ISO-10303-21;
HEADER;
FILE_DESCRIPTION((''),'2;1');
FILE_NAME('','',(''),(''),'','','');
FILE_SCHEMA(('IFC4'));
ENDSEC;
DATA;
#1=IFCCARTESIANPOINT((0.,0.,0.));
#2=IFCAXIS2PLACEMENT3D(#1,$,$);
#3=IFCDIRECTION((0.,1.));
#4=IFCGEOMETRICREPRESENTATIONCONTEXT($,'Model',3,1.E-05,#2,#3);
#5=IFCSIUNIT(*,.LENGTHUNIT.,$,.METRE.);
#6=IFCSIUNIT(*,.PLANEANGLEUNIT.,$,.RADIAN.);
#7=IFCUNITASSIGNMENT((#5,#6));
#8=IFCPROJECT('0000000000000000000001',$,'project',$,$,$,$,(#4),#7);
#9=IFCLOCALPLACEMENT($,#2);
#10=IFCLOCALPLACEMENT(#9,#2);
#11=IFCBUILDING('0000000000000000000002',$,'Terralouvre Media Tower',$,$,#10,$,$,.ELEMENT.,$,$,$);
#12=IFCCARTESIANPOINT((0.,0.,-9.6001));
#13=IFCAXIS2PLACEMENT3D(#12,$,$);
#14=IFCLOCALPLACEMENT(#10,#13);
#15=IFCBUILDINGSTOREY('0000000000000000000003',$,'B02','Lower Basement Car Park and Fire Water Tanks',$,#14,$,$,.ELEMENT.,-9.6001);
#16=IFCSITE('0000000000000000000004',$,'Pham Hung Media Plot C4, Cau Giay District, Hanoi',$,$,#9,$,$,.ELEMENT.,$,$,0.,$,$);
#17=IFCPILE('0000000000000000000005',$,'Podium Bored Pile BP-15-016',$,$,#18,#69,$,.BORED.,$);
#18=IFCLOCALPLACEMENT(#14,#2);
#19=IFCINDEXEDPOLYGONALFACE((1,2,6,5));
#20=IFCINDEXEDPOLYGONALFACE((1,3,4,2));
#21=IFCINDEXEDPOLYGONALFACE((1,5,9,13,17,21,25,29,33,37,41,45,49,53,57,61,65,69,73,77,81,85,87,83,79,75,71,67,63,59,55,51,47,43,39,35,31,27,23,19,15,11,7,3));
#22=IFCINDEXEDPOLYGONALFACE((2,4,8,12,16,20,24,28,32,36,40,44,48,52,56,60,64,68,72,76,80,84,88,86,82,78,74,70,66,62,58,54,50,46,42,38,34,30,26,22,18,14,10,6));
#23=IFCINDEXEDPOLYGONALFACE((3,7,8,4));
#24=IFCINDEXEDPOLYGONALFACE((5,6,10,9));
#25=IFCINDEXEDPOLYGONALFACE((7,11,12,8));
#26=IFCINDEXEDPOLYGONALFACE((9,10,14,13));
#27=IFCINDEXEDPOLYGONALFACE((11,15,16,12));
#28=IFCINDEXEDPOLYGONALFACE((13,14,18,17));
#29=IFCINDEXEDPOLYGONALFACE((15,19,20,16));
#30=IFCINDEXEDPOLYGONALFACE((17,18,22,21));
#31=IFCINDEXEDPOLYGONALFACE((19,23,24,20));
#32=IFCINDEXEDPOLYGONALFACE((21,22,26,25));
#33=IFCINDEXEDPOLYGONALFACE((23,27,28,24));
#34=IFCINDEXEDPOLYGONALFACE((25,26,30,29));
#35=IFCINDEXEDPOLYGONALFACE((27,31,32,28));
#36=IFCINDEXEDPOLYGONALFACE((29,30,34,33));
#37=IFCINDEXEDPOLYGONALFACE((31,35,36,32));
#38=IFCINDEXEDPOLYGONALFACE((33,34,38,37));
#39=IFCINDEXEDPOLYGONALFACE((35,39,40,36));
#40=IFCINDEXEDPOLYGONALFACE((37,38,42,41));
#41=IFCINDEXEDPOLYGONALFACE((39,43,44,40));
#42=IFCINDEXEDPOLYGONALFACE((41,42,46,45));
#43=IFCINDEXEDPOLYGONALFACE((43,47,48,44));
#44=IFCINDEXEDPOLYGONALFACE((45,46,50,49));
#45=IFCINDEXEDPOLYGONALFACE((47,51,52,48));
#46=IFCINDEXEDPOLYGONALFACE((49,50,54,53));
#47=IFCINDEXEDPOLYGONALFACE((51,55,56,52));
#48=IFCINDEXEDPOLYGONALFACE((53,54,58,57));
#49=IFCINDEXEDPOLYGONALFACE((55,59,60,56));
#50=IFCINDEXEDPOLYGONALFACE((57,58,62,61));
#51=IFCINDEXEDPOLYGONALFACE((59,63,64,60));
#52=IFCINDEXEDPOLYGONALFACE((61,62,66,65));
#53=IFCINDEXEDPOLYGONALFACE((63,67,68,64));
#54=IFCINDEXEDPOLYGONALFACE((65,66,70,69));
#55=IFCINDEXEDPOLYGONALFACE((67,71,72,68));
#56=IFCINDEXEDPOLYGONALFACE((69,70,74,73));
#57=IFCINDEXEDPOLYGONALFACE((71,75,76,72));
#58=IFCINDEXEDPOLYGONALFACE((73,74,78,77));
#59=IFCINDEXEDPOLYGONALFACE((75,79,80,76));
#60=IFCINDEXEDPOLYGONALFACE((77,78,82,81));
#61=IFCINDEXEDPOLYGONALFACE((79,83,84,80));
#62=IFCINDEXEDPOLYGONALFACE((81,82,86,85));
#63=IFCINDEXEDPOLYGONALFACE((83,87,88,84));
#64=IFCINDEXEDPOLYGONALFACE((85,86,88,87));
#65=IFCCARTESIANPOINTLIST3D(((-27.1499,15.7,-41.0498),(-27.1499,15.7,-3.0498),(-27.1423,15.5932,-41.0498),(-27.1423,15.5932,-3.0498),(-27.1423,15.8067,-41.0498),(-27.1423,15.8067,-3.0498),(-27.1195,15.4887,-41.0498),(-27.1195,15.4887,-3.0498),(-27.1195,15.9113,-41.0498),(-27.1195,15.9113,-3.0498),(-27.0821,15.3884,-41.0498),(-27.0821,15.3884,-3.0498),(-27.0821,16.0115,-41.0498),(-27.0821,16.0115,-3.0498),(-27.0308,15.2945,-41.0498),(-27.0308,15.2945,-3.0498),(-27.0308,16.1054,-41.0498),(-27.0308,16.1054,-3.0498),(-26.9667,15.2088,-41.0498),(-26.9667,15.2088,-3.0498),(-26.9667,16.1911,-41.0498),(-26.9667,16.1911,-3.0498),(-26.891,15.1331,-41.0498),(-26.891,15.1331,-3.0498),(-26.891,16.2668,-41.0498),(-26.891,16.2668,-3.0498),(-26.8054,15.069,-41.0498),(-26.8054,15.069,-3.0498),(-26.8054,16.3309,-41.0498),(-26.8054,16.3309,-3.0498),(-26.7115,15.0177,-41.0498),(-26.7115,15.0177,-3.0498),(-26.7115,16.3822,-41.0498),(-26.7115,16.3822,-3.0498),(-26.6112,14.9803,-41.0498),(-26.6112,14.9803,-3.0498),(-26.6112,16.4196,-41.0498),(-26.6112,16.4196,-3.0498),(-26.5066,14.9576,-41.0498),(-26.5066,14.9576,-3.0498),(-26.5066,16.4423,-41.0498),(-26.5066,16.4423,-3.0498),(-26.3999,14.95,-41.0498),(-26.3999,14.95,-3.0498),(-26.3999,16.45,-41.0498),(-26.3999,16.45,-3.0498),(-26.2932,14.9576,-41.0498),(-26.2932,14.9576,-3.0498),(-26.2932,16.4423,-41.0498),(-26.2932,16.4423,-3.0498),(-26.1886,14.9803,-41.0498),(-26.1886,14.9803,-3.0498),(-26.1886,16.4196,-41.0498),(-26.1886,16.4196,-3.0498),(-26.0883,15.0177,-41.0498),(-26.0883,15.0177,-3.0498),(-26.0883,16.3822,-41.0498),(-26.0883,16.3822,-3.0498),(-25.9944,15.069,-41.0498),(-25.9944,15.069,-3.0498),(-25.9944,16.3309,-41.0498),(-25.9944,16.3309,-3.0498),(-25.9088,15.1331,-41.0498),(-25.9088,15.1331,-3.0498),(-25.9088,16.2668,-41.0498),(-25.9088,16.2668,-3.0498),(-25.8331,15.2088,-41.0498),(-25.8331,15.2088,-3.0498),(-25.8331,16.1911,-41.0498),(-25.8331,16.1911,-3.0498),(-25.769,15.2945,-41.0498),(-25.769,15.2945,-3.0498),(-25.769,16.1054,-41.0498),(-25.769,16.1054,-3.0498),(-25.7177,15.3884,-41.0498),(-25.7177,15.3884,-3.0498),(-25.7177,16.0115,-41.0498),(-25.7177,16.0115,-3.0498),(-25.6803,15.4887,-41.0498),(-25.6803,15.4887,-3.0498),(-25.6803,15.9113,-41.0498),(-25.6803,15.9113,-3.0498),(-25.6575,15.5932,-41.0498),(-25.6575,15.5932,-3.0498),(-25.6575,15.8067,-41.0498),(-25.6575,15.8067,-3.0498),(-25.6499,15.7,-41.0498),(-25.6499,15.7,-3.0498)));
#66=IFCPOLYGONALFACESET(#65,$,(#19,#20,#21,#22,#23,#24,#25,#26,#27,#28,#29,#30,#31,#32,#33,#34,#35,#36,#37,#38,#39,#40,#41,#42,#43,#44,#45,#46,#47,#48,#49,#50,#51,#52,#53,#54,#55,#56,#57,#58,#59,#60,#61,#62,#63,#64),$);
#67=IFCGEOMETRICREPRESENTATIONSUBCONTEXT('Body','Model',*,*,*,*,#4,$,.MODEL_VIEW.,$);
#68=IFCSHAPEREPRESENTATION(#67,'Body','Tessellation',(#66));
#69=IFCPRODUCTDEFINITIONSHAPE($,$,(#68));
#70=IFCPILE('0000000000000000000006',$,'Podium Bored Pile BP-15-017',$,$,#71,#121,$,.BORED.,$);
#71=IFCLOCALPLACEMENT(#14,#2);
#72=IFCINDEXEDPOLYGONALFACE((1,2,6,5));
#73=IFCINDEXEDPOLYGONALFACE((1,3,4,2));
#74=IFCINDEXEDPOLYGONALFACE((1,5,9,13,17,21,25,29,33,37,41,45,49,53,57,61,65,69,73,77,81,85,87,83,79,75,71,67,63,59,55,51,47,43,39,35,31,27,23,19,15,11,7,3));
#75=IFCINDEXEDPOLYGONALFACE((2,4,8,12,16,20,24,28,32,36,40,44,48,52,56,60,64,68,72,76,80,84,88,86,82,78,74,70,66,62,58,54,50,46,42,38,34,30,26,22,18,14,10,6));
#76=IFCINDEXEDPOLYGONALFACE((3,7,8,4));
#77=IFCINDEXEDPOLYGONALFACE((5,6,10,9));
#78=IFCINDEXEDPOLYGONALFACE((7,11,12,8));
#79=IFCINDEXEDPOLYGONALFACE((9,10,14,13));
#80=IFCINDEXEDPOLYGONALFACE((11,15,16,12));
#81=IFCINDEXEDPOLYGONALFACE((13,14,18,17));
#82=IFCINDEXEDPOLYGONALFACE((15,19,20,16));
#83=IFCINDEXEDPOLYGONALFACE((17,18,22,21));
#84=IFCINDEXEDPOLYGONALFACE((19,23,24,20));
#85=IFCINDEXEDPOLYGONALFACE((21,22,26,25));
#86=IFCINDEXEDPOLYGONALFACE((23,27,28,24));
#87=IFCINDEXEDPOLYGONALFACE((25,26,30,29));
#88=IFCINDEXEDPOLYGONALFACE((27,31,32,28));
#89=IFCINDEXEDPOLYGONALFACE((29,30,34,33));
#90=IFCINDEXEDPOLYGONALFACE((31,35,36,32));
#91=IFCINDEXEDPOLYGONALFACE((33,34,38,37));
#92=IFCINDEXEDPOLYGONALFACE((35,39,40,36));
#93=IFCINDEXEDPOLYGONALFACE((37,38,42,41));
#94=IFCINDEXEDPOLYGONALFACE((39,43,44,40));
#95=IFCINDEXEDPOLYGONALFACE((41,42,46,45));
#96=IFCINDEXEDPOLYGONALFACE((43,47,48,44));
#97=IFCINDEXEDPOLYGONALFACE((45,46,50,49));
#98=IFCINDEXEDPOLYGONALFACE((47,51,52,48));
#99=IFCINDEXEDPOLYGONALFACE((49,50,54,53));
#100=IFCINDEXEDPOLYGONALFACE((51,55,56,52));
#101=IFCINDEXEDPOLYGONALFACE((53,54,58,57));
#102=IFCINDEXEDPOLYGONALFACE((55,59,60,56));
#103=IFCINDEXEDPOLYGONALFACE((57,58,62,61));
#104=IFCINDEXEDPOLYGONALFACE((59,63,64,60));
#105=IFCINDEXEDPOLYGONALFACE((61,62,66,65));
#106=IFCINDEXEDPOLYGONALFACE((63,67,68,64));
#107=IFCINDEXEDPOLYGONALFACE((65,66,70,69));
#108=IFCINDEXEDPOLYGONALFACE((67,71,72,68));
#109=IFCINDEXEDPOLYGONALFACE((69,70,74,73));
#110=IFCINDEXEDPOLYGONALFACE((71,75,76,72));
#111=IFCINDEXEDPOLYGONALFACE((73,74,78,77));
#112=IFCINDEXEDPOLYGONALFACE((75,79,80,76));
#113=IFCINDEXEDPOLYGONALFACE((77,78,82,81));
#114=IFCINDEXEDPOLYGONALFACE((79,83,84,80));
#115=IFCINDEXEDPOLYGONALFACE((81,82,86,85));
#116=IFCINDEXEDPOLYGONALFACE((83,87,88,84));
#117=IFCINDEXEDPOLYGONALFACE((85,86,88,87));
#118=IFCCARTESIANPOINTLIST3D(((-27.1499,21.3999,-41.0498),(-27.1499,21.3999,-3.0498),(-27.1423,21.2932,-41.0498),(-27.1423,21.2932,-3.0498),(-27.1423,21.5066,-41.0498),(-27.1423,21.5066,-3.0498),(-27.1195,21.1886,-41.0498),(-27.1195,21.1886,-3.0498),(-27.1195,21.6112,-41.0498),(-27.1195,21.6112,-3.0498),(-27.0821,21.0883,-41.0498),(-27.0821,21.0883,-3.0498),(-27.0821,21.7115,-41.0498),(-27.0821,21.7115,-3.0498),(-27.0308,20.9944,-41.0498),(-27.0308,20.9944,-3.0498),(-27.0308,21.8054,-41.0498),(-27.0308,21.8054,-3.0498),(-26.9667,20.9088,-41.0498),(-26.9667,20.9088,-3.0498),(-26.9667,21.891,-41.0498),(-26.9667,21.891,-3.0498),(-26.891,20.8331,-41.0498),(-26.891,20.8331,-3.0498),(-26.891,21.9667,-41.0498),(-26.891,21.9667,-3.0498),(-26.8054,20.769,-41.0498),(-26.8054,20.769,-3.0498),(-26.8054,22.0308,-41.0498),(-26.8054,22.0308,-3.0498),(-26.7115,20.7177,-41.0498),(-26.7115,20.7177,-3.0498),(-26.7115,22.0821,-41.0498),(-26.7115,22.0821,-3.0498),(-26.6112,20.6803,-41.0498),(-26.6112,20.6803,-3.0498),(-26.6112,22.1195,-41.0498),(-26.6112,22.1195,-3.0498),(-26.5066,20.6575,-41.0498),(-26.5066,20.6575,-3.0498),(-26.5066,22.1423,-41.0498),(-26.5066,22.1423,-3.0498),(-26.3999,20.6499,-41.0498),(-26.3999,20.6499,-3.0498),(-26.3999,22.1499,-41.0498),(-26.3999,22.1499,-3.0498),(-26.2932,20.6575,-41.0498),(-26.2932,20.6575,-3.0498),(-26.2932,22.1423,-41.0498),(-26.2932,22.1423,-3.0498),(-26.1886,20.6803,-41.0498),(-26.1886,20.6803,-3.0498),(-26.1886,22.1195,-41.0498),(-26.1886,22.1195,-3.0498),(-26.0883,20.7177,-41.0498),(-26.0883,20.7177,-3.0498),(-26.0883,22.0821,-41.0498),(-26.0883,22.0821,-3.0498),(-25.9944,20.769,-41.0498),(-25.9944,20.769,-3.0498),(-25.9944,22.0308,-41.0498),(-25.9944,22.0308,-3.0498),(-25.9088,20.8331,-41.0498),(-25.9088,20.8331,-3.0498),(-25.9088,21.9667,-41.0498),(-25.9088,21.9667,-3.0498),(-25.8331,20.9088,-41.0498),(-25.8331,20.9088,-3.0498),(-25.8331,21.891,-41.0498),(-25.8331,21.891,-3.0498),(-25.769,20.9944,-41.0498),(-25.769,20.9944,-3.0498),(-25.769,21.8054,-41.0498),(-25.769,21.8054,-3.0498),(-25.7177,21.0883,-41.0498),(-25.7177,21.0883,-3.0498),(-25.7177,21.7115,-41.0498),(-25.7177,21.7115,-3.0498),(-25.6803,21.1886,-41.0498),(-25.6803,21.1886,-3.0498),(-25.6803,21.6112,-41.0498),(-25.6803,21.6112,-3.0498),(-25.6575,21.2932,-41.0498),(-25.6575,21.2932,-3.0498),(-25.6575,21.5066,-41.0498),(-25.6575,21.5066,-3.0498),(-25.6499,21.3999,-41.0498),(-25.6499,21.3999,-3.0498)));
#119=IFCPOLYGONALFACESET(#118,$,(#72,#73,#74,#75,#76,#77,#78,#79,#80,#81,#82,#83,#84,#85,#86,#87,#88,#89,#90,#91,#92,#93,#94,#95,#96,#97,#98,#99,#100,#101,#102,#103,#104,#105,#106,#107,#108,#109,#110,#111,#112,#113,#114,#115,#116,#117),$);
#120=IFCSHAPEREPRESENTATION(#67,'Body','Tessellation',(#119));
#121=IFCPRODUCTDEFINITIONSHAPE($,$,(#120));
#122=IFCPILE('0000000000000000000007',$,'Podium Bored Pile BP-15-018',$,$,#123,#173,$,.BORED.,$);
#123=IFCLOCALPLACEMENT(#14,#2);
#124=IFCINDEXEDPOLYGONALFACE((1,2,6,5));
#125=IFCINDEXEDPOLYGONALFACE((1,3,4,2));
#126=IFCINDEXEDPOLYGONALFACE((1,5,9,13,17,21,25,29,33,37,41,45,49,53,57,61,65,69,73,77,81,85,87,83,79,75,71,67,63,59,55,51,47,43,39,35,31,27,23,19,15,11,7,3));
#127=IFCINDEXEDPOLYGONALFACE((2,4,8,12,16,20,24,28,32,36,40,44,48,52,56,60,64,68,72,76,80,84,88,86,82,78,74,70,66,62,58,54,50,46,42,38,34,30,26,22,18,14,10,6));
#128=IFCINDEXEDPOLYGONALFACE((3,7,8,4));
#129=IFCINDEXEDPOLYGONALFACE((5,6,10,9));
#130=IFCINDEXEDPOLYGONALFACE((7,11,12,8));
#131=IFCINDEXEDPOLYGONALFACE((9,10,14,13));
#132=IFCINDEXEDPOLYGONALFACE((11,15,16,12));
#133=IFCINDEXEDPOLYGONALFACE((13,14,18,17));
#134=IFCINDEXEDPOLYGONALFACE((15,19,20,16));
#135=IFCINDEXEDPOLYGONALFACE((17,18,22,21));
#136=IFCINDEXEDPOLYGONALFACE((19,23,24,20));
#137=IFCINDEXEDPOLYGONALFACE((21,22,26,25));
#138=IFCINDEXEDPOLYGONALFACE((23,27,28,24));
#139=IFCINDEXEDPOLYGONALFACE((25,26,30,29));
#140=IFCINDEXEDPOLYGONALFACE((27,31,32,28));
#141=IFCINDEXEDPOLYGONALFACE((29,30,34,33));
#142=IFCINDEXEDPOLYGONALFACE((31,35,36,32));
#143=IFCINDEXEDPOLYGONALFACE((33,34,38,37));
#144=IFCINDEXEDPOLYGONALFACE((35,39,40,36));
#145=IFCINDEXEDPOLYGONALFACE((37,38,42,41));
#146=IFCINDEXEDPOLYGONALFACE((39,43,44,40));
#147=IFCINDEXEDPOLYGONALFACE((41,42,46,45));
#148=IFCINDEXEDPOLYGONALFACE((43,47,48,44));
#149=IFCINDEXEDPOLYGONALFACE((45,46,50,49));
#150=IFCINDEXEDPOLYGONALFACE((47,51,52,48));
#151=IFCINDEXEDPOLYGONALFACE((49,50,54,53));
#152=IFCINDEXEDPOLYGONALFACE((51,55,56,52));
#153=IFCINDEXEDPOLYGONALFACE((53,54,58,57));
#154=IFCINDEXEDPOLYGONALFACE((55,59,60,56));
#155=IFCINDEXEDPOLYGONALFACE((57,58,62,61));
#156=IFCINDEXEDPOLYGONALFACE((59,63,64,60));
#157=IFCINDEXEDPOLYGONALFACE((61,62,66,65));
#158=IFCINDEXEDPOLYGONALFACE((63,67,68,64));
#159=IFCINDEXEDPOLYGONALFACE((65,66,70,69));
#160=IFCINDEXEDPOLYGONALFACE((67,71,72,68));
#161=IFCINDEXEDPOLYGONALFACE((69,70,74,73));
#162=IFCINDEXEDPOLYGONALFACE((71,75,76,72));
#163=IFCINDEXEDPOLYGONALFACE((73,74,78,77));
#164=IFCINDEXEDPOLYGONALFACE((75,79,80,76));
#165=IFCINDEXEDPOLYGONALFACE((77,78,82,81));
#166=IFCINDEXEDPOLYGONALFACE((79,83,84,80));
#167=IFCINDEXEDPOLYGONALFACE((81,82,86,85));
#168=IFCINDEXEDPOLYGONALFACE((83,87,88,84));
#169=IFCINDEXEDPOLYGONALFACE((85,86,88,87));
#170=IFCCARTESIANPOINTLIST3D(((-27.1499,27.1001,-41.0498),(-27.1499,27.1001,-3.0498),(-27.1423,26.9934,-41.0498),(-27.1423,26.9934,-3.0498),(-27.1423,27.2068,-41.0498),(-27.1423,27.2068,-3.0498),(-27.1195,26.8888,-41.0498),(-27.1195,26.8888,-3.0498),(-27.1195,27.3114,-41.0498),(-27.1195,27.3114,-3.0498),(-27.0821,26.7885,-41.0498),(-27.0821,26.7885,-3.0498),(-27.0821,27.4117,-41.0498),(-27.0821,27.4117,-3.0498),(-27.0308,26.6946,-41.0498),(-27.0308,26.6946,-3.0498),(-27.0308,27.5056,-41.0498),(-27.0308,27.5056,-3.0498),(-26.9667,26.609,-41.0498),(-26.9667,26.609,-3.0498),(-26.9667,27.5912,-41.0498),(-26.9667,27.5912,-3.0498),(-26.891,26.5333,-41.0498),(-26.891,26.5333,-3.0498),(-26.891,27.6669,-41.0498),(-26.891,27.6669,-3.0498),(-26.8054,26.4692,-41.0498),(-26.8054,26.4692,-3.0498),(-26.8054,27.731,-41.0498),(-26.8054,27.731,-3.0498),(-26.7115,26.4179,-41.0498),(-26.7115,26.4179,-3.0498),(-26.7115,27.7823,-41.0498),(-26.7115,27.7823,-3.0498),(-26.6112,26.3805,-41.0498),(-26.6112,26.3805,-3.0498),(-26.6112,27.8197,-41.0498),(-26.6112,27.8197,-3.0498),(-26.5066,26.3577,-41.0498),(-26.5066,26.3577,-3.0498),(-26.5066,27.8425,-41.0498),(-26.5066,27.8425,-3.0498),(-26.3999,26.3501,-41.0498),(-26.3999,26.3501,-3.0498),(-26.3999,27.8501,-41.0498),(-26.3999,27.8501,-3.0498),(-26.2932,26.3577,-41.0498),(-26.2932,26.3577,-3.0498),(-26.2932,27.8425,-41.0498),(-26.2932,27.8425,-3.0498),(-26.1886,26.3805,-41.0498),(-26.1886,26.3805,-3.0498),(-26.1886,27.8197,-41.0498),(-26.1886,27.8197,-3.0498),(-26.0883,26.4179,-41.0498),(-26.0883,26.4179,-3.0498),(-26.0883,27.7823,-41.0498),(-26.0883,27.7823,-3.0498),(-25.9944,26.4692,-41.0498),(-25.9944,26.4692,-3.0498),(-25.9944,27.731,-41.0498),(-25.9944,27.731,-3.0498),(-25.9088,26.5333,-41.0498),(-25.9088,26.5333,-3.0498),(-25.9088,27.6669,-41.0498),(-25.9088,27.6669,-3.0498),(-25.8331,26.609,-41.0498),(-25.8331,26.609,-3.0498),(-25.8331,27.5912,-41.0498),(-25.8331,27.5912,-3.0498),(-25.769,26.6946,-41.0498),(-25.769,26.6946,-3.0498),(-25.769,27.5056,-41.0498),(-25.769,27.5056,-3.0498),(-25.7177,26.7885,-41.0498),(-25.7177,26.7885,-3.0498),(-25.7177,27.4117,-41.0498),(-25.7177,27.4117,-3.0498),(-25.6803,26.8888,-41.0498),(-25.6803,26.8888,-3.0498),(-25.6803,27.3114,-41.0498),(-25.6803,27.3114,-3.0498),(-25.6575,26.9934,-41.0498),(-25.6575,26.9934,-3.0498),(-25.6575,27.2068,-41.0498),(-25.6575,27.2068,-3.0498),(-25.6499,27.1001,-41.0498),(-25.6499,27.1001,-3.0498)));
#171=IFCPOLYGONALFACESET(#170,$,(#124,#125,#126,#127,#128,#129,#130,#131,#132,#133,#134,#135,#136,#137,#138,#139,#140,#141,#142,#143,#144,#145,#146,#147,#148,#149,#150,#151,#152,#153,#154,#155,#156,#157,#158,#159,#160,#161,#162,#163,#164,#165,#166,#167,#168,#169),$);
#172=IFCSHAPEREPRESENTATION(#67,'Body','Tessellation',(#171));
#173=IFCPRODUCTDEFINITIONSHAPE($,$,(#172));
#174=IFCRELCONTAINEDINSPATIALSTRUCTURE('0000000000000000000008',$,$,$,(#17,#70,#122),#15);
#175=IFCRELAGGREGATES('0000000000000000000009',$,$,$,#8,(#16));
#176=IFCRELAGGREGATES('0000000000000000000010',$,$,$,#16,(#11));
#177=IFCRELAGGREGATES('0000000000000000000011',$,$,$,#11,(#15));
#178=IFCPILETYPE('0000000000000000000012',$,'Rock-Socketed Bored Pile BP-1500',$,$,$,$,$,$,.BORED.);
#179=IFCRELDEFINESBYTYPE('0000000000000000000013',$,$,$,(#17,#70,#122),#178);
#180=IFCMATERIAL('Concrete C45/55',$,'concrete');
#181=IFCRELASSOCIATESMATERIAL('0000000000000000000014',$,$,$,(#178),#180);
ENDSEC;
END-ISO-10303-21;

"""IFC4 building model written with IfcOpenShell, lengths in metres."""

from ifc_helpers import new_model, si_unit, direction, frame, origin, origin_2d, place, context, subcontext, project, spatial, circle, extrude, material, material_profile, profile_set, type_object, element, save


model = new_model("IFC4")

# Units and contexts
model_context = context("Model", 3, precision=1e-05, world=origin(), true_north=direction((0.0, 1.0)))
body_context = subcontext(model_context, "Body", "Model", "MODEL_VIEW")
ifc_project = project(units=[si_unit("LENGTHUNIT", "METRE"), si_unit("PLANEANGLEUNIT", "RADIAN")], contexts=[model_context])

# Site, building, storey
site_placement = place(None, origin())
site = spatial("IfcSite", under=ifc_project, at=site_placement, Name="Pham Hung Media Plot C4, Cau Giay District, Hanoi", CompositionType="ELEMENT", RefElevation=0.0)
building_placement = place(site_placement, origin())
building = spatial("IfcBuilding", under=site, at=building_placement, Name="Terralouvre Media Tower", CompositionType="ELEMENT")
storey_placement = place(building_placement, frame((0.0, 0.0, -9.6001)))
storey = spatial("IfcBuildingStorey", under=building, at=storey_placement, Name="B02", Description="Lower Basement Car Park and Fire Water Tanks", CompositionType="ELEMENT", Elevation=-9.6001)

# Piles
ifc_material_1 = material(Name="Concrete C45/55", Category="concrete")
ifc_material_profile_1 = material_profile(ifc_material_1, circle(Radius=0.75, at=origin_2d()), Name="BORED PILE 1500")
ifc_profile_set_1 = profile_set([ifc_material_profile_1], Name="Concrete C45/55")
pile_type = type_object("IfcPileType", Name="Rock-Socketed Bored Pile BP-1500", PredefinedType="BORED", material=ifc_profile_set_1)
for number, where, z_axis, x_axis, name in (
    (1, (-26.3999, 15.7, -3.0498), (0.0, 0.0, -1.0), (1.0, 0.0, 0.0), "Podium Bored Pile BP-15-016"),
    (2, (-26.3999, 21.3999, -3.0498), (0.0, 0.0, -1.0), (1.0, 0.0, 0.0), "Podium Bored Pile BP-15-017"),
    (3, (-26.3999, 27.1001, -3.0498), (0.0, 0.0, -1.0), (1.0, 0.0, 0.0), "Podium Bored Pile BP-15-018"),
):
    element("IfcPile", number, at=place(storey_placement, frame(where, z_axis=z_axis, x_axis=x_axis)), inside=storey, type_object=pile_type, Name=name, PredefinedType="BORED", context=body_context, shape_type="SweptSolid", body=[
        extrude(circle(Radius=0.75, at=origin_2d()), origin(), (0.0, 0.0, 1.0), 38.0),
    ])

save(model, "model.ifc")
